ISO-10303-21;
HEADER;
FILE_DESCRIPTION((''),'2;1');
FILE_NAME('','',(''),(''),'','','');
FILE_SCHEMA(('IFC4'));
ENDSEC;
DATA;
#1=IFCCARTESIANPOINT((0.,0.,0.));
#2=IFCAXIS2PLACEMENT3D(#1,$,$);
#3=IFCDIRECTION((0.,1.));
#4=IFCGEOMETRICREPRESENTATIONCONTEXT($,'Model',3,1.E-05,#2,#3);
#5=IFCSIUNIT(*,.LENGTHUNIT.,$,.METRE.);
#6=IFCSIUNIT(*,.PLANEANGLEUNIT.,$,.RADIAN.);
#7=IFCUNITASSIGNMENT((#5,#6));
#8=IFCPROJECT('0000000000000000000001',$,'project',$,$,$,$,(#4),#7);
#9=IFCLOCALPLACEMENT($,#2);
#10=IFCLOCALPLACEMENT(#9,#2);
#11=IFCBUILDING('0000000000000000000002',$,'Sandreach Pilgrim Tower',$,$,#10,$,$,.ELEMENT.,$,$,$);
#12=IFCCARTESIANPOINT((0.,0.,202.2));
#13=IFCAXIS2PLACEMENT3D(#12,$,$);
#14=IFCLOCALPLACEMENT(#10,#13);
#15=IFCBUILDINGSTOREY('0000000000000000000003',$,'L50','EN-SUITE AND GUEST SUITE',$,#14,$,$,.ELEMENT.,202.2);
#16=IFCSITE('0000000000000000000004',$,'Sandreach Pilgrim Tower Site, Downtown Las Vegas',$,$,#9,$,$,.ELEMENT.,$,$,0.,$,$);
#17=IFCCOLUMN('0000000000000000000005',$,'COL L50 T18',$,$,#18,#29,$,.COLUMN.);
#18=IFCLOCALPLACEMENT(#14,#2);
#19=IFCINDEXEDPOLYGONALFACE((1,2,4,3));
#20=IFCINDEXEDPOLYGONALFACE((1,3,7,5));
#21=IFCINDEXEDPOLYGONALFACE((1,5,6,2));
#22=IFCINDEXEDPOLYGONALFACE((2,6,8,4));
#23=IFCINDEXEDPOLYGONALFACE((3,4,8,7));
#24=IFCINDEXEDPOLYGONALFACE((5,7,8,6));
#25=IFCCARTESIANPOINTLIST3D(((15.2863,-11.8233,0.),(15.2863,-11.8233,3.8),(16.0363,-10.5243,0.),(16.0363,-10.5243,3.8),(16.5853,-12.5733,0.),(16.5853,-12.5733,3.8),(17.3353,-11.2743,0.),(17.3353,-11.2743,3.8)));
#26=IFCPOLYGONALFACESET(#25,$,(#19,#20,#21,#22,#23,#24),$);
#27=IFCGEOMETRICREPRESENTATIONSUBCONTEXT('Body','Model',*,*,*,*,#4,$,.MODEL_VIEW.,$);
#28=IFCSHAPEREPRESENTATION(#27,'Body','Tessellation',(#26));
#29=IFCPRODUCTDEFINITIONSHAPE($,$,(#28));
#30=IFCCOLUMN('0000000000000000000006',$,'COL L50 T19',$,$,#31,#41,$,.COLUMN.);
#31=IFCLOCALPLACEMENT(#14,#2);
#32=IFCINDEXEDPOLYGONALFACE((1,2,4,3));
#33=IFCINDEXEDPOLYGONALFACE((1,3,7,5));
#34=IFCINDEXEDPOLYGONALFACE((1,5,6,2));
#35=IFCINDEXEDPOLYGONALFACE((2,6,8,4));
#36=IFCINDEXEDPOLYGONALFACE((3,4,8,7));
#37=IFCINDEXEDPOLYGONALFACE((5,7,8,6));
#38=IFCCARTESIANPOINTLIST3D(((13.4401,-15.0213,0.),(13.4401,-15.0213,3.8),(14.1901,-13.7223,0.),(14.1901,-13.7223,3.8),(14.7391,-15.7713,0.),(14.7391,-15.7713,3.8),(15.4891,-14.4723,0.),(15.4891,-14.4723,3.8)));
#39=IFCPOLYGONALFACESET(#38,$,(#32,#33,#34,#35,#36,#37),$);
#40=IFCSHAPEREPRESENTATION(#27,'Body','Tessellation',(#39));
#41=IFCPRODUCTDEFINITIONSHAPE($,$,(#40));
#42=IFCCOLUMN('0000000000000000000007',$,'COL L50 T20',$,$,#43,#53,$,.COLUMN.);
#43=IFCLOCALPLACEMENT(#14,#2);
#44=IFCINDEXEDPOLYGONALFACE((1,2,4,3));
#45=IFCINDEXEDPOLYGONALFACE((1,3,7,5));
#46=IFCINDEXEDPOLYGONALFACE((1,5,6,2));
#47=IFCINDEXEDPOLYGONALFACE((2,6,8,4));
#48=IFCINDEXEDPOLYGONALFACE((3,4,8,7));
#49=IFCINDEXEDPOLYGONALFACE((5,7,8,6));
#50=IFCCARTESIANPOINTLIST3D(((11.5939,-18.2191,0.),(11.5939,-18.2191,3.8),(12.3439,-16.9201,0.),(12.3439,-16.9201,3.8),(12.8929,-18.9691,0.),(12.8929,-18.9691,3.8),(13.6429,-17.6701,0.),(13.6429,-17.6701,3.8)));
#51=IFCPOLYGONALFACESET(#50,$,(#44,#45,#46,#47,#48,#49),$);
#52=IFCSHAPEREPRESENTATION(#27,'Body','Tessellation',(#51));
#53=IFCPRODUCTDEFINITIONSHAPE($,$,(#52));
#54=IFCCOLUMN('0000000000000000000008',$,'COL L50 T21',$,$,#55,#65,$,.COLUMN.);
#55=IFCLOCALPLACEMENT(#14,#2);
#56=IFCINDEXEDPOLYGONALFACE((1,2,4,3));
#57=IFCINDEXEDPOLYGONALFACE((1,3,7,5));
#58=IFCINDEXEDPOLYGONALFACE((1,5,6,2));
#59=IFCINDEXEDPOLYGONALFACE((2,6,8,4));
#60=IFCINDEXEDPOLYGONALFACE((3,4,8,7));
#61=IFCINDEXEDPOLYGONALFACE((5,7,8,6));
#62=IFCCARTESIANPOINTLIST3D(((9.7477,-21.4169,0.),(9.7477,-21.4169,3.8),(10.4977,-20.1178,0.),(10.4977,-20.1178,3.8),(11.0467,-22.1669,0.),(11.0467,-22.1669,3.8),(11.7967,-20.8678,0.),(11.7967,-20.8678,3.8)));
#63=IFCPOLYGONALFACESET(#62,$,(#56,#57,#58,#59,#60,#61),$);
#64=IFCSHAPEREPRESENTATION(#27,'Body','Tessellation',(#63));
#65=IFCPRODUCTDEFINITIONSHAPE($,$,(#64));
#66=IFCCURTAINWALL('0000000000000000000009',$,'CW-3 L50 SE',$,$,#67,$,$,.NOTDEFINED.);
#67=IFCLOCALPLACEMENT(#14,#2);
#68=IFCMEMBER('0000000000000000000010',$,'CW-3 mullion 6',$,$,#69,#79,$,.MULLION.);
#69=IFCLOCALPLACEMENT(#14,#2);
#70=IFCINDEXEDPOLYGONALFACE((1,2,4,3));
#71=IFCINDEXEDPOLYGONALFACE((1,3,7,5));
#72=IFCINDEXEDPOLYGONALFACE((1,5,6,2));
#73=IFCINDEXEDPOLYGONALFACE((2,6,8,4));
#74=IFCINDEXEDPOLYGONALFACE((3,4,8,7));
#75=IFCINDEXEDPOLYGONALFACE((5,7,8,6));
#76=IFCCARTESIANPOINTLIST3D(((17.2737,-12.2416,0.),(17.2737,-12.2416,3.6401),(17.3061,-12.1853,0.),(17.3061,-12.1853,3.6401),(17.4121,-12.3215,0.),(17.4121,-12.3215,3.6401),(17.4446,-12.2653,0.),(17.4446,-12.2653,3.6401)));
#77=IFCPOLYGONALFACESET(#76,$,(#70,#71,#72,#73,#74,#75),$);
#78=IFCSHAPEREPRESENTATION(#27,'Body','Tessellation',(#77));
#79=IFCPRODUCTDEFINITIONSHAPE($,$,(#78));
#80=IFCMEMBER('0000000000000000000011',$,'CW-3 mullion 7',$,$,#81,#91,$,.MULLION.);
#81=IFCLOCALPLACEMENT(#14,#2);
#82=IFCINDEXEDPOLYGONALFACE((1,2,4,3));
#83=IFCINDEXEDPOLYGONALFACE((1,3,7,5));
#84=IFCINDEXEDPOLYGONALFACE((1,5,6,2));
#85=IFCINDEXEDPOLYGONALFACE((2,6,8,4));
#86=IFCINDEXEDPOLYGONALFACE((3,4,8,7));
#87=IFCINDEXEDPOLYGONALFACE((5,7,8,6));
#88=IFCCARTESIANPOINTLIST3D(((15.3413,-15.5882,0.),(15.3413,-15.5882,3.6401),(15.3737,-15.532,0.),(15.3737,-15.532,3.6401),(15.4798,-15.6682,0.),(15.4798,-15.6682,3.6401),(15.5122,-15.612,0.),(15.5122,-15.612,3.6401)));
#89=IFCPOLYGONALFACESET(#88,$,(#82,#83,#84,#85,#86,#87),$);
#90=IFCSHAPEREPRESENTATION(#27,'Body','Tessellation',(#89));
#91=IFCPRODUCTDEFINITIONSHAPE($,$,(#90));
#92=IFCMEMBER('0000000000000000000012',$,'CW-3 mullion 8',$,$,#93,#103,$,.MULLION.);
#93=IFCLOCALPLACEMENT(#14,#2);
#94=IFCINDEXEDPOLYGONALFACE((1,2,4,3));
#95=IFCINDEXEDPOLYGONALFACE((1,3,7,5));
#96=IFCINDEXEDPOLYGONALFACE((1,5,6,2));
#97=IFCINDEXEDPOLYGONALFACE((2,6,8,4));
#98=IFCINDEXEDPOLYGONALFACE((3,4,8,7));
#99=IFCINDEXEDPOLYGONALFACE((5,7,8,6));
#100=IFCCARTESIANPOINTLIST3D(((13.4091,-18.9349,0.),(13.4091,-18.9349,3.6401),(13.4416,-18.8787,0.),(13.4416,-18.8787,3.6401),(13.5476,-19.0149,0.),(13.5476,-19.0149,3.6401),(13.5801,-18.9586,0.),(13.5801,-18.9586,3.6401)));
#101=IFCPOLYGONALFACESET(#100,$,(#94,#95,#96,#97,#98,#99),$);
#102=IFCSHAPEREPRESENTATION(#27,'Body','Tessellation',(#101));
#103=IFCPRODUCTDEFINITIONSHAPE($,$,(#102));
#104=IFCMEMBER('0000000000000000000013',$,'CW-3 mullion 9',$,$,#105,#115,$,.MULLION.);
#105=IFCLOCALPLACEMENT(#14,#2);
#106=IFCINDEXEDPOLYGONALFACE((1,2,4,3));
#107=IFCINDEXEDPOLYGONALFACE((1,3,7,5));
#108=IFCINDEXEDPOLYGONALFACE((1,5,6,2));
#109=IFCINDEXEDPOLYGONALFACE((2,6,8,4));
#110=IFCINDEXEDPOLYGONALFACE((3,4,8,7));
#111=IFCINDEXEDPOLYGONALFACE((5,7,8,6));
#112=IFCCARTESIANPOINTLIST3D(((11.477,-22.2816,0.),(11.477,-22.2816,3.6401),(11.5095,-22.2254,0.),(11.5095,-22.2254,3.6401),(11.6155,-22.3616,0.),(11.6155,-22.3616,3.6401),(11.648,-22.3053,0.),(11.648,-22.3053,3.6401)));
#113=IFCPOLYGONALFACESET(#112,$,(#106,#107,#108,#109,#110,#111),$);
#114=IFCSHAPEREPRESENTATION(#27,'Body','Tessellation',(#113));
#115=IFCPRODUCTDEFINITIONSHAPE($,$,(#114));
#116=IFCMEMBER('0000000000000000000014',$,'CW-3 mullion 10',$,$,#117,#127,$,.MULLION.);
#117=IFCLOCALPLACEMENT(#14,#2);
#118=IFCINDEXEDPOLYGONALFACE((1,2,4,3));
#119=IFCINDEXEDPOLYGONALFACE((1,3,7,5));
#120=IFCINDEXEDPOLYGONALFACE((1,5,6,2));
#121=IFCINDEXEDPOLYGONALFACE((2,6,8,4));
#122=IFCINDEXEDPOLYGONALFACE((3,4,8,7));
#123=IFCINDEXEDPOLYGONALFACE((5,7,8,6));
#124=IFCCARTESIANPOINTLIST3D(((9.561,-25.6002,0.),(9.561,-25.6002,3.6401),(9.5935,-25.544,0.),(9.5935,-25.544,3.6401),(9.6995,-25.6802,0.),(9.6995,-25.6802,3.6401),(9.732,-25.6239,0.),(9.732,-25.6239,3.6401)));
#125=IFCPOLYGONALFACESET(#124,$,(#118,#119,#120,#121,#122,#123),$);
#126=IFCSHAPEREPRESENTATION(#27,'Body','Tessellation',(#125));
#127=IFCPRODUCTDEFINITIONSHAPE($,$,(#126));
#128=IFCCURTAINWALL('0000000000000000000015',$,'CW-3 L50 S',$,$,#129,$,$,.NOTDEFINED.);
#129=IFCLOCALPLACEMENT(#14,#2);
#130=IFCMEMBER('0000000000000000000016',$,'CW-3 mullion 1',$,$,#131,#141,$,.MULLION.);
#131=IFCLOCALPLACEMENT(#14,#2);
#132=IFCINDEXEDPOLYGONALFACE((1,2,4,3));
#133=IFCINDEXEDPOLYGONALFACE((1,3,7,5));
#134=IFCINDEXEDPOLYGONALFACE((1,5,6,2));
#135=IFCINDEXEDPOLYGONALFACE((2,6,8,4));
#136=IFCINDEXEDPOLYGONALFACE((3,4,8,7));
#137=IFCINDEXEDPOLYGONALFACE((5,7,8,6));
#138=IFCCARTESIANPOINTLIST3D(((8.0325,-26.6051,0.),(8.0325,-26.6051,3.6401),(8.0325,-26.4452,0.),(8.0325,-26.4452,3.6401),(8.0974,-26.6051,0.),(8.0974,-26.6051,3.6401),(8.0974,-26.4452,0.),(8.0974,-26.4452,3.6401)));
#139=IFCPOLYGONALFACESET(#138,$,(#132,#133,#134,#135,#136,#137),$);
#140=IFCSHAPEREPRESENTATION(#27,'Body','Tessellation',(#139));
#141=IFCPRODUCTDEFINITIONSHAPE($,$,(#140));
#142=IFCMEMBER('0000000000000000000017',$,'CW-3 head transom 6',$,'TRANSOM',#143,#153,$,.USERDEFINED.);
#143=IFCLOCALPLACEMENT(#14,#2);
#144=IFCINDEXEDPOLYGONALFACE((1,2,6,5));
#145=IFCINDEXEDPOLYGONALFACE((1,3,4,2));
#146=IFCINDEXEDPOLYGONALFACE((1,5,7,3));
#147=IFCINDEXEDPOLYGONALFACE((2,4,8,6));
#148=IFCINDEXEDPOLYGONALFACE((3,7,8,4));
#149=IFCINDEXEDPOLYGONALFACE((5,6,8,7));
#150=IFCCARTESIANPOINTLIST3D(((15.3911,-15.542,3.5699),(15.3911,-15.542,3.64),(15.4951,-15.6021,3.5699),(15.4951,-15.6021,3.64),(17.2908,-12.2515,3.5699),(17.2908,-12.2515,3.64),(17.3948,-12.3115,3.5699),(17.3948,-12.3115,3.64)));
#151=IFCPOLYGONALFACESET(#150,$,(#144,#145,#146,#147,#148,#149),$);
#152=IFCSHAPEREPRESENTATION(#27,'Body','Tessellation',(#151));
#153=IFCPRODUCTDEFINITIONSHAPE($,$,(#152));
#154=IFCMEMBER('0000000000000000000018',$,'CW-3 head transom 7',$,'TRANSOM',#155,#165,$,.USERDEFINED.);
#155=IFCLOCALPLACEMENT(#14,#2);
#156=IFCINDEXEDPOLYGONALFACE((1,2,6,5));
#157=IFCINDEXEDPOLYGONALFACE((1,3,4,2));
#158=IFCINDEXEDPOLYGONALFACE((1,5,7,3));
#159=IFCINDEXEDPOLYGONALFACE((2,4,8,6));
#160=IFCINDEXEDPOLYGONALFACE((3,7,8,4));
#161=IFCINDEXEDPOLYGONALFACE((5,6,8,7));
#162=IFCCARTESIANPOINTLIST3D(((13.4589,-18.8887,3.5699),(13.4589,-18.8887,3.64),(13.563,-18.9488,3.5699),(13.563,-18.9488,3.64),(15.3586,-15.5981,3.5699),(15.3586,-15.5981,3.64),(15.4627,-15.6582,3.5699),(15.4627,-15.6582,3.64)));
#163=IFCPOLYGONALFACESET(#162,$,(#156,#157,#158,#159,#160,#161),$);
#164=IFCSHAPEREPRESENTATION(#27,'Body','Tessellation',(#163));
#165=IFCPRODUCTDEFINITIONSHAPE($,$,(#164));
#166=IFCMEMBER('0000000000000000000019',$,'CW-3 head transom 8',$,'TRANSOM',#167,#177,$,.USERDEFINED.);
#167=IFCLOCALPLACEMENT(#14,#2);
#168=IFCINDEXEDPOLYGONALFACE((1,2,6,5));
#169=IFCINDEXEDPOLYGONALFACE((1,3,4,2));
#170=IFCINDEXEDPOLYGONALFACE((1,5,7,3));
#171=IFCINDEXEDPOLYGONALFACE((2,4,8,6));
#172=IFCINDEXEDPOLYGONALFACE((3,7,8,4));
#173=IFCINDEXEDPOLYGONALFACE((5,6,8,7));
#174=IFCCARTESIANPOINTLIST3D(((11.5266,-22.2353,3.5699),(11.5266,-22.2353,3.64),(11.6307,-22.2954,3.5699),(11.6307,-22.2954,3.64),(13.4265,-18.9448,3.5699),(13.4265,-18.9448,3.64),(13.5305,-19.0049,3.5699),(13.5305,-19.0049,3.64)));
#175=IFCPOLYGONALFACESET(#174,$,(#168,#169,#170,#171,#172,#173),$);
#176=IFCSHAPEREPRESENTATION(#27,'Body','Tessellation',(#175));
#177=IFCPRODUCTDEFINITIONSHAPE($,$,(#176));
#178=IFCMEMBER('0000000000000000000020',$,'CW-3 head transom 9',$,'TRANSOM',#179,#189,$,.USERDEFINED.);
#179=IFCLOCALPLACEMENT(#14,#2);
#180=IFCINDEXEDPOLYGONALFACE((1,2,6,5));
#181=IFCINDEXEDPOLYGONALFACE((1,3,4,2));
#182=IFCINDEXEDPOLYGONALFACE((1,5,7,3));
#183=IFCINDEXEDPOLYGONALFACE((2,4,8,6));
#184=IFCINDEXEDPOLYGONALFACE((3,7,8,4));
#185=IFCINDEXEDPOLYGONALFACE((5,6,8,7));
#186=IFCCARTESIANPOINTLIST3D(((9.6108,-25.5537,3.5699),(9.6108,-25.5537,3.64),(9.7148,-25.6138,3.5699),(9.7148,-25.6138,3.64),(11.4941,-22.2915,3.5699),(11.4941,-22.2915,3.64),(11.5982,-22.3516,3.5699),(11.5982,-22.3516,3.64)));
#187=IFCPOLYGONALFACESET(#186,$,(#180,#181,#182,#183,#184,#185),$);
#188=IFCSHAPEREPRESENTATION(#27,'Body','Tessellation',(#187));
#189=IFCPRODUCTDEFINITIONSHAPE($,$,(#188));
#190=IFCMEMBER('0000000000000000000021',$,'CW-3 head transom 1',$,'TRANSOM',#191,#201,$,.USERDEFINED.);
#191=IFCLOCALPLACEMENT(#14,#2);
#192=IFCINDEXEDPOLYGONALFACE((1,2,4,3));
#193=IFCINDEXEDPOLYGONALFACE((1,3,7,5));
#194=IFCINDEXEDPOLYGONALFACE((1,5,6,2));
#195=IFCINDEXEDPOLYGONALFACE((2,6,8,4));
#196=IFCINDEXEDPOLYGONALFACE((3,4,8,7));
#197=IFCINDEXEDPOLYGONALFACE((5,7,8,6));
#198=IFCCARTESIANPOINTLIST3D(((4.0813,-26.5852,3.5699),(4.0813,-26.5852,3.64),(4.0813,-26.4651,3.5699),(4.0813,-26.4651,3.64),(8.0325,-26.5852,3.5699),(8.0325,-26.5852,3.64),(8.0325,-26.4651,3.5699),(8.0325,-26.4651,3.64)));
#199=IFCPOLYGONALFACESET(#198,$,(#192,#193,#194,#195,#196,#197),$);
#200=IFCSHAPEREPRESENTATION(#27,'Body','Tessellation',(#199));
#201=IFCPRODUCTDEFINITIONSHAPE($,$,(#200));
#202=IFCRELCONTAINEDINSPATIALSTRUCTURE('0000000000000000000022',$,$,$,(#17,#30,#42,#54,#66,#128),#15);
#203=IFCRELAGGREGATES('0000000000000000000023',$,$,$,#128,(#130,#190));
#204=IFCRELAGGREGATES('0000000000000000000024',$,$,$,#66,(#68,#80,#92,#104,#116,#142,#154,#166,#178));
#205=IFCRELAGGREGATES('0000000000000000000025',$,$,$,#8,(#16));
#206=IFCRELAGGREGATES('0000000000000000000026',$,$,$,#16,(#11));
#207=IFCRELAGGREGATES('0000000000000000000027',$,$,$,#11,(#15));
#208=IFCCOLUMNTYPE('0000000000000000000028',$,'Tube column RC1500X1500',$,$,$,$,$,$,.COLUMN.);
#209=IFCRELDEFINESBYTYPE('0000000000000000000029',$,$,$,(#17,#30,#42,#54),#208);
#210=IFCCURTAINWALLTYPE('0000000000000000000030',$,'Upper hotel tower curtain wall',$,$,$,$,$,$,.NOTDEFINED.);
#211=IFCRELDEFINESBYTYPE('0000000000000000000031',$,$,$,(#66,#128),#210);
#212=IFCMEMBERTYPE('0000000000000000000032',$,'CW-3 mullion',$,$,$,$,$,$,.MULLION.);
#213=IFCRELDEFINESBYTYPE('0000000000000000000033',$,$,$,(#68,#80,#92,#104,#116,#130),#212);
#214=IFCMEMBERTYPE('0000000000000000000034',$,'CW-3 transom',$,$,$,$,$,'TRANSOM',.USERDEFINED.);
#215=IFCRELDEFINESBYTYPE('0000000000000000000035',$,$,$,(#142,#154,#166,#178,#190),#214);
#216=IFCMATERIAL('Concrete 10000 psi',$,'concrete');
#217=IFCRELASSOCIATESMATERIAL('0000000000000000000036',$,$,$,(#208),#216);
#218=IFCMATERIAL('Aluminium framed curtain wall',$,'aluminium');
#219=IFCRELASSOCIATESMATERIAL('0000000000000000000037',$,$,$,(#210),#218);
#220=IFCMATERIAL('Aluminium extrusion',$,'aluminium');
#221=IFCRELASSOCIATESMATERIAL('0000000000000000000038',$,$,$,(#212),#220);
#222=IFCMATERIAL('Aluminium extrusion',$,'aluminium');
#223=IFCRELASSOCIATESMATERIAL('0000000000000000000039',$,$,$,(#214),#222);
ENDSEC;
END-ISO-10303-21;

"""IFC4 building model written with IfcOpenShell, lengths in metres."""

from ifc_helpers import new_model, si_unit, direction, frame, origin, origin_2d, place, context, subcontext, project, spatial, rectangle, extrude, material, material_profile, profile_set, type_object, element, aggregate, save


model = new_model("IFC4")

# Units and contexts
model_context = context("Model", 3, precision=1e-05, world=origin(), true_north=direction((0.0, 1.0)))
body_context = subcontext(model_context, "Body", "Model", "MODEL_VIEW")
ifc_project = project(units=[si_unit("LENGTHUNIT", "METRE"), si_unit("PLANEANGLEUNIT", "RADIAN")], contexts=[model_context])

# Site, building, storey
site_placement = place(None, origin())
site = spatial("IfcSite", under=ifc_project, at=site_placement, Name="Sandreach Pilgrim Tower Site, Downtown Las Vegas", CompositionType="ELEMENT", RefElevation=0.0)
building_placement = place(site_placement, origin())
building = spatial("IfcBuilding", under=site, at=building_placement, Name="Sandreach Pilgrim Tower", CompositionType="ELEMENT")
storey_placement = place(building_placement, frame((0.0, 0.0, 202.2)))
storey = spatial("IfcBuildingStorey", under=building, at=storey_placement, Name="L50", Description="EN-SUITE AND GUEST SUITE", CompositionType="ELEMENT", Elevation=202.2)

# Columns
ifc_material_1 = material(Name="Concrete 10000 psi", Category="concrete")
ifc_material_profile_1 = material_profile(ifc_material_1, rectangle(XDim=1.5, YDim=1.5, at=origin_2d()), Name="RC1500X1500")
ifc_profile_set_1 = profile_set([ifc_material_profile_1], Name="Concrete 10000 psi")
column_type = type_object("IfcColumnType", Name="Tube column RC1500X1500", PredefinedType="COLUMN", material=ifc_profile_set_1)
for number, where, z_axis, x_axis, name in (
    (1, (16.3108, -11.5488, 0.0), (0.0, 0.0, 1.0), (0.866025, -0.5, 0.0), "COL L50 T18"),
    (2, (14.4646, -14.7468, 0.0), (0.0, 0.0, 1.0), (0.866025, -0.5, 0.0), "COL L50 T19"),
    (3, (12.6184, -17.9446, 0.0), (0.0, 0.0, 1.0), (0.866025, -0.5, 0.0), "COL L50 T20"),
    (4, (10.7722, -21.1423, 0.0), (0.0, 0.0, 1.0), (0.866025, -0.5, 0.0), "COL L50 T21"),
):
    element("IfcColumn", number, at=place(storey_placement, frame(where, z_axis=z_axis, x_axis=x_axis)), inside=storey, type_object=column_type, Name=name, PredefinedType="COLUMN", context=body_context, shape_type="SweptSolid", body=[
        extrude(rectangle(XDim=1.5, YDim=1.5, at=origin_2d()), origin(), (0.0, 0.0, 1.0), 3.8),
    ])

# Curtain wall, members
ifc_material_2 = material(Name="Aluminium framed curtain wall", Category="aluminium")
curtain_wall_type = type_object("IfcCurtainWallType", Name="Upper hotel tower curtain wall", PredefinedType="NOTDEFINED", material=ifc_material_2)
curtain_wall_1_placement = place(storey_placement, origin())
curtain_wall_1 = element("IfcCurtainWall", 5, at=curtain_wall_1_placement, inside=storey, type_object=curtain_wall_type, Name="CW-3 L50 SE", PredefinedType="NOTDEFINED")
ifc_material_3 = material(Name="Aluminium extrusion", Category="aluminium")
ifc_material_profile_2 = material_profile(ifc_material_3, rectangle(XDim=0.0649, YDim=0.1599, at=origin_2d()), Name="CW-3M 65X160")
ifc_profile_set_2 = profile_set([ifc_material_profile_2], Name="Aluminium extrusion")
member_type_1 = type_object("IfcMemberType", Name="CW-3 mullion", PredefinedType="MULLION", material=ifc_profile_set_2)
member_1_placement = place(storey_placement, frame((17.3591, -12.2534, 0.0), z_axis=(0.0, 0.0, 1.0), x_axis=(-0.5, -0.866025, 0.0)))
member_1 = element("IfcMember", 6, at=member_1_placement, type_object=member_type_1, Name="CW-3 mullion 6", PredefinedType="MULLION", context=body_context, shape_type="SweptSolid", body=[
    extrude(rectangle(XDim=0.0649, YDim=0.1599, at=origin_2d()), origin(), (0.0, 0.0, 1.0), 3.6401),
])
member_2_placement = place(storey_placement, frame((15.4268, -15.6001, 0.0), z_axis=(0.0, 0.0, 1.0), x_axis=(-0.5, -0.866025, 0.0)))
member_2 = element("IfcMember", 7, at=member_2_placement, type_object=member_type_1, Name="CW-3 mullion 7", PredefinedType="MULLION", context=body_context, shape_type="SweptSolid", body=[
    extrude(rectangle(XDim=0.0649, YDim=0.1599, at=origin_2d()), origin(), (0.0, 0.0, 1.0), 3.6401),
])
member_3_placement = place(storey_placement, frame((13.4946, -18.9468, 0.0), z_axis=(0.0, 0.0, 1.0), x_axis=(-0.5, -0.866025, 0.0)))
member_3 = element("IfcMember", 8, at=member_3_placement, type_object=member_type_1, Name="CW-3 mullion 8", PredefinedType="MULLION", context=body_context, shape_type="SweptSolid", body=[
    extrude(rectangle(XDim=0.0649, YDim=0.1599, at=origin_2d()), origin(), (0.0, 0.0, 1.0), 3.6401),
])
member_4_placement = place(storey_placement, frame((11.5625, -22.2935, 0.0), z_axis=(0.0, 0.0, 1.0), x_axis=(-0.5, -0.866025, 0.0)))
member_4 = element("IfcMember", 9, at=member_4_placement, type_object=member_type_1, Name="CW-3 mullion 9", PredefinedType="MULLION", context=body_context, shape_type="SweptSolid", body=[
    extrude(rectangle(XDim=0.0649, YDim=0.1599, at=origin_2d()), origin(), (0.0, 0.0, 1.0), 3.6401),
])
member_5_placement = place(storey_placement, frame((9.6465, -25.6121, 0.0), z_axis=(0.0, 0.0, 1.0), x_axis=(-0.5, -0.866025, 0.0)))
member_5 = element("IfcMember", 10, at=member_5_placement, type_object=member_type_1, Name="CW-3 mullion 10", PredefinedType="MULLION", context=body_context, shape_type="SweptSolid", body=[
    extrude(rectangle(XDim=0.0649, YDim=0.1599, at=origin_2d()), origin(), (0.0, 0.0, 1.0), 3.6401),
])

# Curtain wall, member
curtain_wall_2_placement = place(storey_placement, origin())
curtain_wall_2 = element("IfcCurtainWall", 11, at=curtain_wall_2_placement, inside=storey, type_object=curtain_wall_type, Name="CW-3 L50 S", PredefinedType="NOTDEFINED")
member_6_placement = place(storey_placement, frame((8.0649, -26.5251, 0.0), z_axis=(0.0, 0.0, 1.0), x_axis=(-1.0, 0.0, 0.0)))
member_6 = element("IfcMember", 12, at=member_6_placement, type_object=member_type_1, Name="CW-3 mullion 1", PredefinedType="MULLION", context=body_context, shape_type="SweptSolid", body=[
    extrude(rectangle(XDim=0.0649, YDim=0.1599, at=origin_2d()), origin(), (0.0, 0.0, 1.0), 3.6401),
])

# Members
ifc_material_4 = material(Name="Aluminium extrusion", Category="aluminium")
ifc_material_profile_3 = material_profile(ifc_material_4, rectangle(XDim=0.1201, YDim=0.0701, at=origin_2d()), Name="CW-3T 120X70")
ifc_profile_set_3 = profile_set([ifc_material_profile_3], Name="Aluminium extrusion")
member_type_2 = type_object("IfcMemberType", Name="CW-3 transom", ElementType="TRANSOM", PredefinedType="USERDEFINED", material=ifc_profile_set_3)
member_7_placement = place(storey_placement, frame((17.3428, -12.2815, 3.605), z_axis=(-0.499975, -0.86604, 0.0), x_axis=(0.86604, -0.499975, 0.0)))
member_7 = element("IfcMember", 13, at=member_7_placement, type_object=member_type_2, Name="CW-3 head transom 6", ObjectType="TRANSOM", PredefinedType="USERDEFINED", context=body_context, shape_type="SweptSolid", body=[
    extrude(rectangle(XDim=0.1201, YDim=0.0701, at=origin_2d()), origin(), (0.0, 0.0, 1.0), 3.7996),
])
member_8_placement = place(storey_placement, frame((15.4106, -15.6282, 3.605), z_axis=(-0.499975, -0.86604, 0.0), x_axis=(0.86604, -0.499975, 0.0)))
member_8 = element("IfcMember", 14, at=member_8_placement, type_object=member_type_2, Name="CW-3 head transom 7", ObjectType="TRANSOM", PredefinedType="USERDEFINED", context=body_context, shape_type="SweptSolid", body=[
    extrude(rectangle(XDim=0.1201, YDim=0.0701, at=origin_2d()), origin(), (0.0, 0.0, 1.0), 3.7996),
])
member_9_placement = place(storey_placement, frame((13.4785, -18.9749, 3.605), z_axis=(-0.500023, -0.866012, 0.0), x_axis=(0.866012, -0.500023, 0.0)))
member_9 = element("IfcMember", 15, at=member_9_placement, type_object=member_type_2, Name="CW-3 head transom 8", ObjectType="TRANSOM", PredefinedType="USERDEFINED", context=body_context, shape_type="SweptSolid", body=[
    extrude(rectangle(XDim=0.1201, YDim=0.0701, at=origin_2d()), origin(), (0.0, 0.0, 1.0), 3.7996),
])
member_10_placement = place(storey_placement, frame((11.5461, -22.3215, 3.605), z_axis=(-0.499973, -0.866041, 0.0), x_axis=(0.866041, -0.499973, 0.0)))
member_10 = element("IfcMember", 16, at=member_10_placement, type_object=member_type_2, Name="CW-3 head transom 9", ObjectType="TRANSOM", PredefinedType="USERDEFINED", context=body_context, shape_type="SweptSolid", body=[
    extrude(rectangle(XDim=0.1201, YDim=0.0701, at=origin_2d()), origin(), (0.0, 0.0, 1.0), 3.7668),
])
member_11_placement = place(storey_placement, frame((8.0325, -26.5251, 3.605), z_axis=(-1.0, 0.0, 0.0), x_axis=(0.0, -1.0, 0.0)))
member_11 = element("IfcMember", 17, at=member_11_placement, type_object=member_type_2, Name="CW-3 head transom 1", ObjectType="TRANSOM", PredefinedType="USERDEFINED", context=body_context, shape_type="SweptSolid", body=[
    extrude(rectangle(XDim=0.1201, YDim=0.0701, at=origin_2d()), origin(), (0.0, 0.0, 1.0), 3.9512),
])
aggregate(curtain_wall_2, [member_6, member_11])

aggregate(curtain_wall_1, [member_1, member_2, member_3, member_4, member_5, member_7, member_8, member_9, member_10])

save(model, "model.ifc")
